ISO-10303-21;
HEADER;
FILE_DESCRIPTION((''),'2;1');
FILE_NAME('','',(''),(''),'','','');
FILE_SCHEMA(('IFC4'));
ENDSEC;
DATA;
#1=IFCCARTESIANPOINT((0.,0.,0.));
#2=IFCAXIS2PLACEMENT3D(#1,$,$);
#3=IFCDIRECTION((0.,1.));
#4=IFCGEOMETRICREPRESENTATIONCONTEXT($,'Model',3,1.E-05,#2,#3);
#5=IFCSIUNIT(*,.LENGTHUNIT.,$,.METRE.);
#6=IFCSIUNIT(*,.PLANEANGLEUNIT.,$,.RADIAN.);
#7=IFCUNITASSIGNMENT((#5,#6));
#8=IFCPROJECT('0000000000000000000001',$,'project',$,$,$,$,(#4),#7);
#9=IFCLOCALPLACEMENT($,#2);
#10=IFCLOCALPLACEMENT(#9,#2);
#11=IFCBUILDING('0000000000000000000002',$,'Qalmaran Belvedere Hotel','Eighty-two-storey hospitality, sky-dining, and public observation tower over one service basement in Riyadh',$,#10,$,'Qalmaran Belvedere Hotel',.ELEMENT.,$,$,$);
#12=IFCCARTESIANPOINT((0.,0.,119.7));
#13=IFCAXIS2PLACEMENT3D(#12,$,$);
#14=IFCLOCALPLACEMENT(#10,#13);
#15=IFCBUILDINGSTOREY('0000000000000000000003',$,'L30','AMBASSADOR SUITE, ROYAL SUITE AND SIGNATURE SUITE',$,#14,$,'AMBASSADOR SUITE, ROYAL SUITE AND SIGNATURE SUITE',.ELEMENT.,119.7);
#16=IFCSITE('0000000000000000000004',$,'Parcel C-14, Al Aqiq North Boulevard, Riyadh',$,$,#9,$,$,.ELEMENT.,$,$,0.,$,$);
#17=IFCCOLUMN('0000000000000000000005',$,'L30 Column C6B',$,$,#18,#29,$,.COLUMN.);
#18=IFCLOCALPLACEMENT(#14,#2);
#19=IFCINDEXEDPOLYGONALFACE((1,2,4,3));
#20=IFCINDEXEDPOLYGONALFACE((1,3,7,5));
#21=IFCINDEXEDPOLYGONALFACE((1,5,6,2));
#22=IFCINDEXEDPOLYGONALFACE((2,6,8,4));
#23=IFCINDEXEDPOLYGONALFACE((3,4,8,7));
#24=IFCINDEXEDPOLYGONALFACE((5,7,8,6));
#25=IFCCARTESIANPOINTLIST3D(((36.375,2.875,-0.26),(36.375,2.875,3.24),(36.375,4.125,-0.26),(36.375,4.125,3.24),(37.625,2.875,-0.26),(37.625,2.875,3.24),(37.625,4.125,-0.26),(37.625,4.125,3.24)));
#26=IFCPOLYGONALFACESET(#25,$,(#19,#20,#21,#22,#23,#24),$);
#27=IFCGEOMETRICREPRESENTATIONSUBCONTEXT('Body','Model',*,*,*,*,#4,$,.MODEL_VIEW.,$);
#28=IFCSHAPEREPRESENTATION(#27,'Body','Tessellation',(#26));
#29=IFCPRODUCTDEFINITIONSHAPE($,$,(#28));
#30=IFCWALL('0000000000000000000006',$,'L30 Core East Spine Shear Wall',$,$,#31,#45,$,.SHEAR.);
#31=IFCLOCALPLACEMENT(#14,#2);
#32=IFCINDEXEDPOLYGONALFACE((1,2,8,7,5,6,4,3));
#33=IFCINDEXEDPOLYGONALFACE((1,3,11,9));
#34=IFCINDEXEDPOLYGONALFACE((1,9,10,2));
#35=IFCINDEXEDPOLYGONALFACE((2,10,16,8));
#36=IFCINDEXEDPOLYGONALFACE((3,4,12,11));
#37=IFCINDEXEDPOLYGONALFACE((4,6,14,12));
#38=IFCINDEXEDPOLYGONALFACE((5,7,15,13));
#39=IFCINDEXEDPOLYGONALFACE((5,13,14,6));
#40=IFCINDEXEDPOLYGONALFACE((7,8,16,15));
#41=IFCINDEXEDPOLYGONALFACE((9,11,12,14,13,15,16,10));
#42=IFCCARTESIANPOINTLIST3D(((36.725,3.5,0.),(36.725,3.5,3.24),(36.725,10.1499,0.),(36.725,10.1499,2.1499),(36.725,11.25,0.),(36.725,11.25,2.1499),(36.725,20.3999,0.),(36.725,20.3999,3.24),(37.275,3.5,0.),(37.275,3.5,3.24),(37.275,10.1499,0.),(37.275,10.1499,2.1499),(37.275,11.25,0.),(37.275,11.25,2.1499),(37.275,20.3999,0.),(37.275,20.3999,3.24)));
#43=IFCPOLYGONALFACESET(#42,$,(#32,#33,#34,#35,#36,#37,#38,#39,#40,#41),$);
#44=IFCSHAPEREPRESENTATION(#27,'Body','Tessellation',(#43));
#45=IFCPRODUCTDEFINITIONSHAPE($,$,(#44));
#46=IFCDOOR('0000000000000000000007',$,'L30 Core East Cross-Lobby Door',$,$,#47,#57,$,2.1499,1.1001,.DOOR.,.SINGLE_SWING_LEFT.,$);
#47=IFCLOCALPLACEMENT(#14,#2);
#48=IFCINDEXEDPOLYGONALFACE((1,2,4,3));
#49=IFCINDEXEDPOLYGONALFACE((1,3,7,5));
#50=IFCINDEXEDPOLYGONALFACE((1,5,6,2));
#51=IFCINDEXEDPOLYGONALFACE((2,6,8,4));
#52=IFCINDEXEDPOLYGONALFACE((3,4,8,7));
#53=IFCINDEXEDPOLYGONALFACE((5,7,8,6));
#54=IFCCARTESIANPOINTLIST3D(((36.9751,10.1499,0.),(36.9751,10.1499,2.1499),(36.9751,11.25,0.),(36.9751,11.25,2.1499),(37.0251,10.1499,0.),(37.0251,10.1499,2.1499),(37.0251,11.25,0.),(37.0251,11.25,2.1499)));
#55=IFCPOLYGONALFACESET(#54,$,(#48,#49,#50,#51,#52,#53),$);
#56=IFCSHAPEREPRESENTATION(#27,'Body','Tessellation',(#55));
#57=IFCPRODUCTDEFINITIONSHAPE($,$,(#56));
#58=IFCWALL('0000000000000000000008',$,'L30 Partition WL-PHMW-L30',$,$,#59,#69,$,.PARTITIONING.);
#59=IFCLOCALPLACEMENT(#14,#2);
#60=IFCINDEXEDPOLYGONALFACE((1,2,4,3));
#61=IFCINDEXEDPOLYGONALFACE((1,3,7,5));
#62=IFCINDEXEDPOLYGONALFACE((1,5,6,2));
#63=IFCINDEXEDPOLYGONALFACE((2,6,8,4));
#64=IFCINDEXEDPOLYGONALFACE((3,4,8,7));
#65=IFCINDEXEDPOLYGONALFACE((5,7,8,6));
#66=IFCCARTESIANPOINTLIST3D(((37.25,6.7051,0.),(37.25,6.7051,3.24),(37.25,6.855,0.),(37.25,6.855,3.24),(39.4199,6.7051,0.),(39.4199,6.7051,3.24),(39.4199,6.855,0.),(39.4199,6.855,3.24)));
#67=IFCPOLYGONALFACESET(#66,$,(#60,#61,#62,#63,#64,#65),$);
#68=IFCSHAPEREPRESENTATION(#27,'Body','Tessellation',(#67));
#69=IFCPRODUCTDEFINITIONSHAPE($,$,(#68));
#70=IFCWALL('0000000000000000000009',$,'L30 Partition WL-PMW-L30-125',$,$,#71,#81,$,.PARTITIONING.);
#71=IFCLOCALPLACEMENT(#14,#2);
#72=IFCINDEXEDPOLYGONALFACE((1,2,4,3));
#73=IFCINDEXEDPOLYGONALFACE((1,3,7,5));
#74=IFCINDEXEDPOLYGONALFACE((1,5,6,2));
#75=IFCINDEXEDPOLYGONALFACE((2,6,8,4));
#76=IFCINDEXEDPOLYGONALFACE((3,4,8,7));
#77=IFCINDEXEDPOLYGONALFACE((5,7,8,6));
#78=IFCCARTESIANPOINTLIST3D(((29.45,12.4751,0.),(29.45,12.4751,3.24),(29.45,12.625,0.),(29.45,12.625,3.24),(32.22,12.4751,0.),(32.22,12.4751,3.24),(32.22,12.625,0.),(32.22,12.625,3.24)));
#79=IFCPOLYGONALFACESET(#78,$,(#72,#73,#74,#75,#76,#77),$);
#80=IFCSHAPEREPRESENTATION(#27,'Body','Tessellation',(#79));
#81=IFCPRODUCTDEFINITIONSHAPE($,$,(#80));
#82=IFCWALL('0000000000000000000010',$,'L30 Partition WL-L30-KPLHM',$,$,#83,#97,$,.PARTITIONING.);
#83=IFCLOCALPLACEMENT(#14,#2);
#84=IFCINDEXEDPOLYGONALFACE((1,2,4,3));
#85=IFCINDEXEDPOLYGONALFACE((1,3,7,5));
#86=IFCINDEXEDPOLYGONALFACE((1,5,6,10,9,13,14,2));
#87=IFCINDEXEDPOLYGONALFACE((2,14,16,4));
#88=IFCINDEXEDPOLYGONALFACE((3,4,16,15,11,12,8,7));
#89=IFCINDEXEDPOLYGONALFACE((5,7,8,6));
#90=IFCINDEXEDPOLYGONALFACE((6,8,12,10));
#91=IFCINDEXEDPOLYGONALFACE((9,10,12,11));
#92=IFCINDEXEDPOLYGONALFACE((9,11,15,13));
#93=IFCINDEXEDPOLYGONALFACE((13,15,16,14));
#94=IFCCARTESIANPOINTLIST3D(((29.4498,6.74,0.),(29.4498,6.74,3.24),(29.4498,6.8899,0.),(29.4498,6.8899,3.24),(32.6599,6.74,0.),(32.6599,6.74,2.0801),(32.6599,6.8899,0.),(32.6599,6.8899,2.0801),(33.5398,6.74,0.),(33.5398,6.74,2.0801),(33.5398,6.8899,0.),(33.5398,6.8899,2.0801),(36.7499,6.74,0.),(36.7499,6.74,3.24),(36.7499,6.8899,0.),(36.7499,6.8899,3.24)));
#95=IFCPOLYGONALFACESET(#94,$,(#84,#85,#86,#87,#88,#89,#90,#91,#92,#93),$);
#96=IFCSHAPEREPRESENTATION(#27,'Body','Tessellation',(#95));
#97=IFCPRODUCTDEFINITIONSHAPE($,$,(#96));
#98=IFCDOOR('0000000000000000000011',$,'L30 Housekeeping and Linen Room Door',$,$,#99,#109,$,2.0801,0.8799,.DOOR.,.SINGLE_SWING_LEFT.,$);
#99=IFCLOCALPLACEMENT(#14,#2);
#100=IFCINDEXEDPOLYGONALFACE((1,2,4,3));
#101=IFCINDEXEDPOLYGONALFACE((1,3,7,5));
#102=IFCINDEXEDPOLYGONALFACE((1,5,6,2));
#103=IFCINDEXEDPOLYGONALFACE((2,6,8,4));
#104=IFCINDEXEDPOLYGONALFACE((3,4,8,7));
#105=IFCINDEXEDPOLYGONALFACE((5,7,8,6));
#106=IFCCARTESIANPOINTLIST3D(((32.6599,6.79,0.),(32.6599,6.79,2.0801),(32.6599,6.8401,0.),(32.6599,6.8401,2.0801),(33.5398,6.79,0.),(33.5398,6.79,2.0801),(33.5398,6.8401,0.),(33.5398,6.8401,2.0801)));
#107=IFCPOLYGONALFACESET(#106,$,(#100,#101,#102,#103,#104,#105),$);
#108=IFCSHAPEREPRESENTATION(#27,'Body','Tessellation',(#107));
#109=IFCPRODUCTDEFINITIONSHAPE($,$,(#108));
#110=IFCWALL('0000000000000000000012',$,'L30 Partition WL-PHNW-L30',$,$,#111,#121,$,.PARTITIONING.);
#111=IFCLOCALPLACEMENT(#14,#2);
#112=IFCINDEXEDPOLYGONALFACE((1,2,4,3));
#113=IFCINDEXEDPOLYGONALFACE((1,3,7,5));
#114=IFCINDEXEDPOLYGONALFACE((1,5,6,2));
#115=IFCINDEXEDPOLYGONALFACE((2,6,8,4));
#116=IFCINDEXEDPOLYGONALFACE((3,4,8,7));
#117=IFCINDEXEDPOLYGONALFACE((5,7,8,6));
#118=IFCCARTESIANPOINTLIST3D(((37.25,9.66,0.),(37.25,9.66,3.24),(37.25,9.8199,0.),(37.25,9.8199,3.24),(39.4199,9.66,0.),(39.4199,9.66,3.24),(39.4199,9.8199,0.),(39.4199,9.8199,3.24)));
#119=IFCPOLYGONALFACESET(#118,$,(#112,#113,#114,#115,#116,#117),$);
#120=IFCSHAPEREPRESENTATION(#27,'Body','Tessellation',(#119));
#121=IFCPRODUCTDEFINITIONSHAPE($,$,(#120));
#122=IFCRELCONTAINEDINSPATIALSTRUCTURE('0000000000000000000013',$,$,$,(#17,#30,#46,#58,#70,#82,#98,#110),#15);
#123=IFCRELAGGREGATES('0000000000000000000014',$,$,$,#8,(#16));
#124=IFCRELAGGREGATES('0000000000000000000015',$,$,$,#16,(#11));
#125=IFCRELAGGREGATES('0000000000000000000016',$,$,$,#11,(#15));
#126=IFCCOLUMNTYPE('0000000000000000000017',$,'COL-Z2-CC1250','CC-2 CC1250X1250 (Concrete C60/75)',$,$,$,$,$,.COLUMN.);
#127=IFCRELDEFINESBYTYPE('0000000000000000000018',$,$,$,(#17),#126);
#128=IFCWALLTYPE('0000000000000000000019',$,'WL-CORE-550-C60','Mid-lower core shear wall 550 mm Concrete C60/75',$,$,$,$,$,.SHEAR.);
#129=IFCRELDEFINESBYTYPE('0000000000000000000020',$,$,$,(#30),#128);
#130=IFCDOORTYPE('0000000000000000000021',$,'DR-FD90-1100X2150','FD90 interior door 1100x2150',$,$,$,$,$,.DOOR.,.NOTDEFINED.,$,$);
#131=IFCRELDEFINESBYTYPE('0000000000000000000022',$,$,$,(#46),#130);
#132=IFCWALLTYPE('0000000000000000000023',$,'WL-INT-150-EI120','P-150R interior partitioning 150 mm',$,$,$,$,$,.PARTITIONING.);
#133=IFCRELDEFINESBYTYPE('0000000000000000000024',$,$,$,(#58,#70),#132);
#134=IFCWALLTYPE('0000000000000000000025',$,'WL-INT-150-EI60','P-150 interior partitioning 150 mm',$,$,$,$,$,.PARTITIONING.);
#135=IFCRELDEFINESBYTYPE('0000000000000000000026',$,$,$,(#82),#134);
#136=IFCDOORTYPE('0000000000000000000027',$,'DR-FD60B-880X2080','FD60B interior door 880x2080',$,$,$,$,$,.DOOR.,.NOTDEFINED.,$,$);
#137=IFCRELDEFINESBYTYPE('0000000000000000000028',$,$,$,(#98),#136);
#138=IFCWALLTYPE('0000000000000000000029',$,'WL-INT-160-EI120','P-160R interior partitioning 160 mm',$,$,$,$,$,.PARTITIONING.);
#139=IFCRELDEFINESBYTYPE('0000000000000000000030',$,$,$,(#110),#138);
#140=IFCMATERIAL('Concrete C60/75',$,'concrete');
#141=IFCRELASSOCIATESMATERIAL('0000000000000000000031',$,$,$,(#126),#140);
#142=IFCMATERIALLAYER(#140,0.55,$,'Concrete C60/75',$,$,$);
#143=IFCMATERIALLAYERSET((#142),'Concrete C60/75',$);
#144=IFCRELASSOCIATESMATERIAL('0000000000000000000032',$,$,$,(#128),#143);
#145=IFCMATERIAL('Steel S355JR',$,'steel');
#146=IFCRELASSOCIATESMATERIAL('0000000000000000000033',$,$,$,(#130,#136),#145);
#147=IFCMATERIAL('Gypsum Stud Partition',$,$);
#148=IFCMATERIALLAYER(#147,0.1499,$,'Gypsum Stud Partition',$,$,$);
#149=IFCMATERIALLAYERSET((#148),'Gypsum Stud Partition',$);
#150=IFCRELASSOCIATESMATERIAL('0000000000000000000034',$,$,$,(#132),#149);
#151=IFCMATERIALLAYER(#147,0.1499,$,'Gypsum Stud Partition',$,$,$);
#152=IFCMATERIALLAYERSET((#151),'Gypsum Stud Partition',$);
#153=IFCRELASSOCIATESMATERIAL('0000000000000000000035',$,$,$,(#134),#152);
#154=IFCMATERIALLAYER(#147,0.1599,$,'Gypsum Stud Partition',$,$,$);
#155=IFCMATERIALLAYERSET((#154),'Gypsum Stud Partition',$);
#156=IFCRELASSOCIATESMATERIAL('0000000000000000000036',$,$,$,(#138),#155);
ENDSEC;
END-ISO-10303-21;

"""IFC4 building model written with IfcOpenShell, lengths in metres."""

from ifc_helpers import new_model, si_unit, direction, frame, frame_2d, origin, origin_2d, place, context, subcontext, project, spatial, rectangle, extrude, material, layer, layer_set, material_profile, profile_set, type_object, element, fill, save


model = new_model("IFC4")

# Units and contexts
model_context = context("Model", 3, precision=1e-05, world=origin(), true_north=direction((0.0, 1.0)))
body_context = subcontext(model_context, "Body", "Model", "MODEL_VIEW")
ifc_project = project(units=[si_unit("LENGTHUNIT", "METRE"), si_unit("PLANEANGLEUNIT", "RADIAN")], contexts=[model_context])

# Site, building, storey
site_placement = place(None, origin())
site = spatial("IfcSite", under=ifc_project, at=site_placement, Name="Parcel C-14, Al Aqiq North Boulevard, Riyadh", CompositionType="ELEMENT", RefElevation=0.0)
building_placement = place(site_placement, origin())
building = spatial("IfcBuilding", under=site, at=building_placement, Name="Qalmaran Belvedere Hotel", Description="Eighty-two-storey hospitality, sky-dining, and public observation tower over one service basement in Riyadh", LongName="Qalmaran Belvedere Hotel", CompositionType="ELEMENT")
storey_placement = place(building_placement, frame((0.0, 0.0, 119.7)))
storey = spatial("IfcBuildingStorey", under=building, at=storey_placement, Name="L30", Description="AMBASSADOR SUITE, ROYAL SUITE AND SIGNATURE SUITE", LongName="AMBASSADOR SUITE, ROYAL SUITE AND SIGNATURE SUITE", CompositionType="ELEMENT", Elevation=119.7)

# Column
ifc_material_1 = material(Name="Concrete C60/75", Category="concrete")
ifc_material_profile = material_profile(ifc_material_1, rectangle(XDim=1.25, YDim=1.25, at=origin_2d()), Name="CC1250X1250")
ifc_profile_set = profile_set([ifc_material_profile], Name="Concrete C60/75")
column_type = type_object("IfcColumnType", Name="COL-Z2-CC1250", Description="CC-2 CC1250X1250 (Concrete C60/75)", PredefinedType="COLUMN", material=ifc_profile_set)
column_placement = place(storey_placement, frame((37.0, 3.5, -0.26), z_axis=(0.0, 0.0, 1.0), x_axis=(1.0, 0.0, 0.0)))
element("IfcColumn", 1, at=column_placement, inside=storey, type_object=column_type, Name="L30 Column C6B", PredefinedType="COLUMN", context=body_context, shape_type="SweptSolid", body=[
    extrude(rectangle(XDim=1.25, YDim=1.25, at=origin_2d()), origin(), (0.0, 0.0, 1.0), 3.5),
])

# Wall, opening, door
ifc_layer_1 = layer(ifc_material_1, 0.55, Name="Concrete C60/75")
ifc_layer_set_1 = layer_set([ifc_layer_1], Name="Concrete C60/75")
wall_type_1 = type_object("IfcWallType", Name="WL-CORE-550-C60", Description="Mid-lower core shear wall 550 mm Concrete C60/75", PredefinedType="SHEAR", material=ifc_layer_set_1)
wall_1_placement = place(storey_placement, frame((37.0, 3.5, 0.0), z_axis=(0.0, 0.0, 1.0), x_axis=(0.0, 1.0, 0.0)))
wall_1 = element("IfcWall", 2, at=wall_1_placement, inside=storey, type_object=wall_type_1, Name="L30 Core East Spine Shear Wall", PredefinedType="SHEAR", context=body_context, shape_type="SweptSolid", body=[
    extrude(rectangle(XDim=16.8999, YDim=0.55, at=frame_2d((8.45, 0.0))), origin(), (0.0, 0.0, 1.0), 3.24),
])
opening_1_placement = place(wall_1_placement, frame((6.6499, 0.0, 0.0)))
opening_1 = element("IfcOpeningElement", 3, at=opening_1_placement, cuts=wall_1, PredefinedType="OPENING", context=body_context, shape_type="SweptSolid", body=[
    extrude(rectangle(XDim=1.1001, YDim=2.1499, at=frame_2d((0.55, 1.075))), frame((0.0, 0.2852, 0.0), z_axis=(0.0, -1.0, 0.0), x_axis=(1.0, 0.0, 0.0)), (0.0, 0.0, 1.0), 0.5701),
])
ifc_material_2 = material(Name="Steel S355JR", Category="steel")
door_type_1 = type_object("IfcDoorType", Name="DR-FD90-1100X2150", Description="FD90 interior door 1100x2150", OperationType="NOTDEFINED", PredefinedType="DOOR", material=ifc_material_2)
door_1_placement = place(opening_1_placement, origin())
door_1 = element("IfcDoor", 4, at=door_1_placement, inside=storey, type_object=door_type_1, Name="L30 Core East Cross-Lobby Door", OperationType="SINGLE_SWING_LEFT", OverallHeight=2.1499, OverallWidth=1.1001, PredefinedType="DOOR", context=body_context, shape_type="SweptSolid", body=[
    extrude(rectangle(XDim=1.1001, YDim=2.1499, at=frame_2d((0.55, 1.075))), frame((0.0, 0.0249, 0.0), z_axis=(0.0, -1.0, 0.0), x_axis=(1.0, 0.0, 0.0)), (0.0, 0.0, 1.0), 0.05),
])
fill(opening_1, door_1)

# Walls
ifc_material_3 = material(Name="Gypsum Stud Partition")
ifc_layer_2 = layer(ifc_material_3, 0.1499, Name="Gypsum Stud Partition")
ifc_layer_set_2 = layer_set([ifc_layer_2], Name="Gypsum Stud Partition")
wall_type_2 = type_object("IfcWallType", Name="WL-INT-150-EI120", Description="P-150R interior partitioning 150 mm", PredefinedType="PARTITIONING", material=ifc_layer_set_2)
wall_2_placement = place(storey_placement, frame((37.25, 6.78, 0.0), z_axis=(0.0, 0.0, 1.0), x_axis=(1.0, 0.0, 0.0)))
element("IfcWall", 5, at=wall_2_placement, inside=storey, type_object=wall_type_2, Name="L30 Partition WL-PHMW-L30", PredefinedType="PARTITIONING", context=body_context, shape_type="SweptSolid", body=[
    extrude(rectangle(XDim=2.1699, YDim=0.1499, at=frame_2d((1.085, 0.0))), origin(), (0.0, 0.0, 1.0), 3.24),
])
wall_3_placement = place(storey_placement, frame((29.45, 12.55, 0.0), z_axis=(0.0, 0.0, 1.0), x_axis=(1.0, 0.0, 0.0)))
element("IfcWall", 6, at=wall_3_placement, inside=storey, type_object=wall_type_2, Name="L30 Partition WL-PMW-L30-125", PredefinedType="PARTITIONING", context=body_context, shape_type="SweptSolid", body=[
    extrude(rectangle(XDim=2.77, YDim=0.1499, at=frame_2d((1.385, 0.0))), origin(), (0.0, 0.0, 1.0), 3.24),
])

# Wall, opening, door
ifc_layer_3 = layer(ifc_material_3, 0.1499, Name="Gypsum Stud Partition")
ifc_layer_set_3 = layer_set([ifc_layer_3], Name="Gypsum Stud Partition")
wall_type_3 = type_object("IfcWallType", Name="WL-INT-150-EI60", Description="P-150 interior partitioning 150 mm", PredefinedType="PARTITIONING", material=ifc_layer_set_3)
wall_4_placement = place(storey_placement, frame((29.45, 6.8149, 0.0), z_axis=(0.0, 0.0, 1.0), x_axis=(1.0, 0.0, 0.0)))
wall_4 = element("IfcWall", 7, at=wall_4_placement, inside=storey, type_object=wall_type_3, Name="L30 Partition WL-L30-KPLHM", PredefinedType="PARTITIONING", context=body_context, shape_type="SweptSolid", body=[
    extrude(rectangle(XDim=7.3, YDim=0.1499, at=frame_2d((3.6499, 0.0))), origin(), (0.0, 0.0, 1.0), 3.24),
])
opening_2_placement = place(wall_4_placement, frame((4.0898, 0.0, 0.0), z_axis=(0.0, 0.0, 1.0), x_axis=(-1.0, 0.0, 0.0)))
opening_2 = element("IfcOpeningElement", 8, at=opening_2_placement, cuts=wall_4, PredefinedType="OPENING", context=body_context, shape_type="SweptSolid", body=[
    extrude(rectangle(XDim=0.8799, YDim=2.0801, at=frame_2d((0.4399, 1.04))), frame((0.0, 0.085, 0.0), z_axis=(0.0, -1.0, 0.0), x_axis=(1.0, 0.0, 0.0)), (0.0, 0.0, 1.0), 0.1699),
])
door_type_2 = type_object("IfcDoorType", Name="DR-FD60B-880X2080", Description="FD60B interior door 880x2080", OperationType="NOTDEFINED", PredefinedType="DOOR", material=ifc_material_2)
door_2_placement = place(opening_2_placement, origin())
door_2 = element("IfcDoor", 9, at=door_2_placement, inside=storey, type_object=door_type_2, Name="L30 Housekeeping and Linen Room Door", OperationType="SINGLE_SWING_LEFT", OverallHeight=2.0801, OverallWidth=0.8799, PredefinedType="DOOR", context=body_context, shape_type="SweptSolid", body=[
    extrude(rectangle(XDim=0.8799, YDim=2.0801, at=frame_2d((0.4399, 1.04))), frame((0.0, 0.0249, 0.0), z_axis=(0.0, -1.0, 0.0), x_axis=(1.0, 0.0, 0.0)), (0.0, 0.0, 1.0), 0.05),
])
fill(opening_2, door_2)

# Wall
ifc_layer_4 = layer(ifc_material_3, 0.1599, Name="Gypsum Stud Partition")
ifc_layer_set_4 = layer_set([ifc_layer_4], Name="Gypsum Stud Partition")
wall_type_4 = type_object("IfcWallType", Name="WL-INT-160-EI120", Description="P-160R interior partitioning 160 mm", PredefinedType="PARTITIONING", material=ifc_layer_set_4)
wall_5_placement = place(storey_placement, frame((37.25, 9.74, 0.0), z_axis=(0.0, 0.0, 1.0), x_axis=(1.0, 0.0, 0.0)))
element("IfcWall", 10, at=wall_5_placement, inside=storey, type_object=wall_type_4, Name="L30 Partition WL-PHNW-L30", PredefinedType="PARTITIONING", context=body_context, shape_type="SweptSolid", body=[
    extrude(rectangle(XDim=2.1699, YDim=0.1599, at=frame_2d((1.085, 0.0))), origin(), (0.0, 0.0, 1.0), 3.24),
])

save(model, "model.ifc")
